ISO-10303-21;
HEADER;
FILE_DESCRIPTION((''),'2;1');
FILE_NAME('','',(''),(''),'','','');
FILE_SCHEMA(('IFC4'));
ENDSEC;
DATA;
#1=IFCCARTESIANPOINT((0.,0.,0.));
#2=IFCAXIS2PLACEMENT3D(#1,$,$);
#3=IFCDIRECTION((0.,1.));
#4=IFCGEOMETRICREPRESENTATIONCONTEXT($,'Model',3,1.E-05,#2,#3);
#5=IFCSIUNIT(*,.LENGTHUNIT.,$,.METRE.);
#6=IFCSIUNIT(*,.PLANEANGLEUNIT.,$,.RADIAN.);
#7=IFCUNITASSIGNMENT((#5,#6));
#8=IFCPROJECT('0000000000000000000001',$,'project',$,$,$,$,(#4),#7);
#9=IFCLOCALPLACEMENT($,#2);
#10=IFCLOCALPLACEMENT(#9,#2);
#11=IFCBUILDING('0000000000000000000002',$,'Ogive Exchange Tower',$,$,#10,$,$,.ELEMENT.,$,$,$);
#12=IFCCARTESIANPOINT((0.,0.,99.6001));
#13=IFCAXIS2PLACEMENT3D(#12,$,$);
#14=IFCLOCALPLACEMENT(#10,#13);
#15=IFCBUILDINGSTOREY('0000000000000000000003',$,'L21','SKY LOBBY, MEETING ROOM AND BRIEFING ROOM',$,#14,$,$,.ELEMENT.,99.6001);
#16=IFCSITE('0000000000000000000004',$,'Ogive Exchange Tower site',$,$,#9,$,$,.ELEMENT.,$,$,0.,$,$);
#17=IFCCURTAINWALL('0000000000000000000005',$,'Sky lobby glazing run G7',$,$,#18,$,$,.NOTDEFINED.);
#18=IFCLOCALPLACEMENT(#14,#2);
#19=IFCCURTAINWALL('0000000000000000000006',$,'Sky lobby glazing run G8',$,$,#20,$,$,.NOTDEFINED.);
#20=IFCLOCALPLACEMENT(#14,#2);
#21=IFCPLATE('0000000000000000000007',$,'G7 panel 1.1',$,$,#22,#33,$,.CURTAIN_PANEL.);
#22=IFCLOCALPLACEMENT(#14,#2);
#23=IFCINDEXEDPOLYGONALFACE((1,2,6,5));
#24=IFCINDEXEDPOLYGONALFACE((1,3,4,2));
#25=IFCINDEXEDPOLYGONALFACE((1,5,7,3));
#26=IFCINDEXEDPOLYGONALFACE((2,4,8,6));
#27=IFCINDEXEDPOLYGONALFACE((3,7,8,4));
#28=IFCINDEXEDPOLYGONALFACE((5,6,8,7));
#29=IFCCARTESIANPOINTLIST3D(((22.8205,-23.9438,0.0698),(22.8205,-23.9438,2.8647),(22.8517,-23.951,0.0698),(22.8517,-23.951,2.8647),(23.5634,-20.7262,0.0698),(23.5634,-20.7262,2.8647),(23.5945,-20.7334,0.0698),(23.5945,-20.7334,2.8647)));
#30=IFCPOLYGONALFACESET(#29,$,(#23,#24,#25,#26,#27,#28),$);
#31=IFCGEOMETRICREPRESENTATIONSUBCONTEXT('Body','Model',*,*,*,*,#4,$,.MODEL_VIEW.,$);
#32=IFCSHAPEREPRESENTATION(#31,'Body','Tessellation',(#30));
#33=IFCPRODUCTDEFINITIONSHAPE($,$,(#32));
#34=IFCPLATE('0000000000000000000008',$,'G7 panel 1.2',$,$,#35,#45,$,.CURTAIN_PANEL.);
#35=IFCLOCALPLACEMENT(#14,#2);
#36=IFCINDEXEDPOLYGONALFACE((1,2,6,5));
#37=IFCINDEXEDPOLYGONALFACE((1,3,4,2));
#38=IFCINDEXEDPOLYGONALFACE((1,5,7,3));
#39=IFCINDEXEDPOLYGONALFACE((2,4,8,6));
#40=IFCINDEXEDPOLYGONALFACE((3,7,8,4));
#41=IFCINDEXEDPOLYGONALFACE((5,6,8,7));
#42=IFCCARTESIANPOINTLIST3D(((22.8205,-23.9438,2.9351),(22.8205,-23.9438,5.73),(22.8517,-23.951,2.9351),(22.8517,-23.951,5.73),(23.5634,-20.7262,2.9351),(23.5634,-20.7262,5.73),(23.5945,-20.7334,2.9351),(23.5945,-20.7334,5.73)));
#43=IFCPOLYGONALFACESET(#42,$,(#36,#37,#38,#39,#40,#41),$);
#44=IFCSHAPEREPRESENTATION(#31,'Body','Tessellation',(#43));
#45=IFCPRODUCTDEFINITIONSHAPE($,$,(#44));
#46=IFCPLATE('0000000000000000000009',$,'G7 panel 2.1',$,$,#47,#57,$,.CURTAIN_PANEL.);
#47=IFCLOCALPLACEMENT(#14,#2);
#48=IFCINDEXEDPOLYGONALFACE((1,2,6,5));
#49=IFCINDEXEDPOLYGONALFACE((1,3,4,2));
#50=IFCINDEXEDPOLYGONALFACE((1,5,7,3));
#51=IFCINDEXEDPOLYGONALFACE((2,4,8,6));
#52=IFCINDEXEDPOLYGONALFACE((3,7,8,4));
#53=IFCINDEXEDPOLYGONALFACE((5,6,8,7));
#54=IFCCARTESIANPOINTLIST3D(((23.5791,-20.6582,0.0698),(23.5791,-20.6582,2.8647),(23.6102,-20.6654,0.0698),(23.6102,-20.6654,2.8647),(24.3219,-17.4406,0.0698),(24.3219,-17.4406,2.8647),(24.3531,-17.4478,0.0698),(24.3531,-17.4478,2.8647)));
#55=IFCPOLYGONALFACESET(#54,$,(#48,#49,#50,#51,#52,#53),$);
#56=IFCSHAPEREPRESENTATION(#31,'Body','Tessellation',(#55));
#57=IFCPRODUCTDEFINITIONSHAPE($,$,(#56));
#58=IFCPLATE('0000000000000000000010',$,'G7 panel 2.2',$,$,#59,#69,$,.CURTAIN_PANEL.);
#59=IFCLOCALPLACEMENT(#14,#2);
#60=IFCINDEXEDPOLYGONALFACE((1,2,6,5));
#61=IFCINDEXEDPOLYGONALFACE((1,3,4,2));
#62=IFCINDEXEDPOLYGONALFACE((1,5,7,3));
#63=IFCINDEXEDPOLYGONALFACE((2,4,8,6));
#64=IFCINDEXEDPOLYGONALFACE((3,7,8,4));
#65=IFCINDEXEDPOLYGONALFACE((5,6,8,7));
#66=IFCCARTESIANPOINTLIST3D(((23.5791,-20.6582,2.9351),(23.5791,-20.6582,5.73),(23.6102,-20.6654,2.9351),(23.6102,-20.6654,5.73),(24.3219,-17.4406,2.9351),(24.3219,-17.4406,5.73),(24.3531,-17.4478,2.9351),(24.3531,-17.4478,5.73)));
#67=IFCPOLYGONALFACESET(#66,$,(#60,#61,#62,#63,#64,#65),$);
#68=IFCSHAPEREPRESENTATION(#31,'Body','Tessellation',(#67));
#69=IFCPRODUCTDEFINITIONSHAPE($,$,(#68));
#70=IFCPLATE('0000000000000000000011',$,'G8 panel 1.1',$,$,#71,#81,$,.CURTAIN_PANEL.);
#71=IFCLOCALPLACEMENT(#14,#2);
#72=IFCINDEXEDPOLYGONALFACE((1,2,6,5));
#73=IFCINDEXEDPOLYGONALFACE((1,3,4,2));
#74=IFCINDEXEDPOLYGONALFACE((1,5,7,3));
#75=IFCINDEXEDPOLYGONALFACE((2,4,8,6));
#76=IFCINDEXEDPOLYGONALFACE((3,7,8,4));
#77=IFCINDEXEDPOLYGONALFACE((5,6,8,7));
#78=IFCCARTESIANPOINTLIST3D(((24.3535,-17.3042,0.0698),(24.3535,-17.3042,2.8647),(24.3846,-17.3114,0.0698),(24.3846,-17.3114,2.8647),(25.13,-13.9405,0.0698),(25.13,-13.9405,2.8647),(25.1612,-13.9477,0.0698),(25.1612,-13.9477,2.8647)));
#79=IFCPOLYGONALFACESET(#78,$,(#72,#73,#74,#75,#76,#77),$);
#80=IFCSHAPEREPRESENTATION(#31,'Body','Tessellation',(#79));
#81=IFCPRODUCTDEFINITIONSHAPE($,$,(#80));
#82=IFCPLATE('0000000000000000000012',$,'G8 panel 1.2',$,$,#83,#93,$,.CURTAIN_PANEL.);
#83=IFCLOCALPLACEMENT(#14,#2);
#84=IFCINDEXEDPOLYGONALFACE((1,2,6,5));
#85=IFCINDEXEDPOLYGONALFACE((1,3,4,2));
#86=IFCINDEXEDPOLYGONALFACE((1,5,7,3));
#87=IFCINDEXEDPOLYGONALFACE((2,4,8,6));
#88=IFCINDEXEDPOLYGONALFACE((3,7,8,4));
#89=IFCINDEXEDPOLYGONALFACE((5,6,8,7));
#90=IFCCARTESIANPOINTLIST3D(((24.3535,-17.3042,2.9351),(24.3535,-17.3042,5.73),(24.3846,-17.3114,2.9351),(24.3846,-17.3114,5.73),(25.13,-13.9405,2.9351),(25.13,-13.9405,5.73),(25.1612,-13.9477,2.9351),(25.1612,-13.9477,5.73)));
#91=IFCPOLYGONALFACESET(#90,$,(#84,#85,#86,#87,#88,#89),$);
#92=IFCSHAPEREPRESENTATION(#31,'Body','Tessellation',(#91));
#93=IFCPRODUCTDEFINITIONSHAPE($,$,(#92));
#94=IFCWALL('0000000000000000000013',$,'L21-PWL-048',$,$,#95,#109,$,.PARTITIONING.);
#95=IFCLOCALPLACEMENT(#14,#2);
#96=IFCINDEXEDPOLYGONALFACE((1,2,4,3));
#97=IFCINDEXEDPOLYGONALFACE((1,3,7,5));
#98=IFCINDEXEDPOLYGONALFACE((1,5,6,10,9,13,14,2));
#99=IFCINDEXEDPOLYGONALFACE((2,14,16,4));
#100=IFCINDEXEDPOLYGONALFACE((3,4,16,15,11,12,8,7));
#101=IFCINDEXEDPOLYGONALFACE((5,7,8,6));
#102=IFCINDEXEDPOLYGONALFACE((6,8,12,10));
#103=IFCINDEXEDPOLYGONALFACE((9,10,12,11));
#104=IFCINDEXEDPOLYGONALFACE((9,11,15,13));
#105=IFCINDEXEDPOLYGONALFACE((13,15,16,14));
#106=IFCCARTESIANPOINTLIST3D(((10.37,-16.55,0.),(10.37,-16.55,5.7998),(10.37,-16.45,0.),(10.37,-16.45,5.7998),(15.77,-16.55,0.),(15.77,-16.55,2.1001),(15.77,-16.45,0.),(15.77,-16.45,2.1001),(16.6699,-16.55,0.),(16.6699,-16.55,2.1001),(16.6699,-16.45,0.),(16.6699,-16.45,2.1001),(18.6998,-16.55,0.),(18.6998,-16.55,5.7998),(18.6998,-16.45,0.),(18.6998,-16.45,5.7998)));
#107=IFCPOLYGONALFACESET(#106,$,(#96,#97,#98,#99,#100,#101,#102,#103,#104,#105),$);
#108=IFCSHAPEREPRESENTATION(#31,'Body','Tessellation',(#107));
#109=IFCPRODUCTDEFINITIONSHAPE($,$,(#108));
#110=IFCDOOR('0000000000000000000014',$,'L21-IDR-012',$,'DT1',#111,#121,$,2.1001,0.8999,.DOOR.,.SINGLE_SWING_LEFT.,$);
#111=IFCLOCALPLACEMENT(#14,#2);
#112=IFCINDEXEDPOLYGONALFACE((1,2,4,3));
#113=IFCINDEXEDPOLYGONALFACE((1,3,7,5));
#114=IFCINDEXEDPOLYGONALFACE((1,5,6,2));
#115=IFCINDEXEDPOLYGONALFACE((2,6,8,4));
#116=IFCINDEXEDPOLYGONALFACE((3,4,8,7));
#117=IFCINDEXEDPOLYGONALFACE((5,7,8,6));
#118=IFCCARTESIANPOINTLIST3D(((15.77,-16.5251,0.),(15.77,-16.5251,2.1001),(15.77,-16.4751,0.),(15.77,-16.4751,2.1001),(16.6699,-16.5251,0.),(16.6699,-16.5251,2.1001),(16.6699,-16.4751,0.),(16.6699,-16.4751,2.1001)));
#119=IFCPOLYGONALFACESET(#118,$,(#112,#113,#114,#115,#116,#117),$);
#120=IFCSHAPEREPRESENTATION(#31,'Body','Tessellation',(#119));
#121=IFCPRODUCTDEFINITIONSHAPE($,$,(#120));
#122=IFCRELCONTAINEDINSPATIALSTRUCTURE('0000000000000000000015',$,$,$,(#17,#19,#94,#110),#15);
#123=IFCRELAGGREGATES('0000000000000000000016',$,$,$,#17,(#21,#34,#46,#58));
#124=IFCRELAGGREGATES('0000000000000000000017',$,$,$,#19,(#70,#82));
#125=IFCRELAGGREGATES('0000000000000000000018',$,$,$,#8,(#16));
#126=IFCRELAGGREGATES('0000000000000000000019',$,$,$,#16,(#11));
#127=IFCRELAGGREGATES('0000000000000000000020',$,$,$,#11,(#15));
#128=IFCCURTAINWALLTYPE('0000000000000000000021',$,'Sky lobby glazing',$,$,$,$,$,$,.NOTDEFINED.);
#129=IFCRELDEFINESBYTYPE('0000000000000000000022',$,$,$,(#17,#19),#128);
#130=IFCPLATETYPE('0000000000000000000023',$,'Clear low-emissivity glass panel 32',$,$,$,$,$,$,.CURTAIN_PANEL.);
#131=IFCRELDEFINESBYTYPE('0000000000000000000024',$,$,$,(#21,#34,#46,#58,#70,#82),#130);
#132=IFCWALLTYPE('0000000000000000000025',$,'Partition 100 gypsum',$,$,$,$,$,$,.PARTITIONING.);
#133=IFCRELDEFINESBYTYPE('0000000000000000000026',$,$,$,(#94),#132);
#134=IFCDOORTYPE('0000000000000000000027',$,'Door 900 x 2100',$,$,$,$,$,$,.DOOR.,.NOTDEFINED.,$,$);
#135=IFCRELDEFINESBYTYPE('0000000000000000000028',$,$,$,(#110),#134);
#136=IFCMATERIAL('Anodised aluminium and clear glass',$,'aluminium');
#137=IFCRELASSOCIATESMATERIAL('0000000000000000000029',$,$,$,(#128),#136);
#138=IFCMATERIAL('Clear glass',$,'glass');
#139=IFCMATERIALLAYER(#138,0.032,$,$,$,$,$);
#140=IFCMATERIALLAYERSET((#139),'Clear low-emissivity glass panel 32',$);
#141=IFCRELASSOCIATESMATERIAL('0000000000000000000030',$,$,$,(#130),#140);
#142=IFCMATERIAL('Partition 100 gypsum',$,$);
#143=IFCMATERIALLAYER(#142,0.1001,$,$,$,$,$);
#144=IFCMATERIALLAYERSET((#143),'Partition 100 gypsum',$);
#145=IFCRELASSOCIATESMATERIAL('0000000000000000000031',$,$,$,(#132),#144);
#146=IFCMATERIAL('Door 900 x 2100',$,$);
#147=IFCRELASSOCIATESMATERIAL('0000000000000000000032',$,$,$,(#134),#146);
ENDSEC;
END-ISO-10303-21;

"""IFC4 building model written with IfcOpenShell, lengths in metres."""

from ifc_helpers import new_model, si_unit, direction, frame, frame_2d, origin, origin_2d, place, context, subcontext, project, spatial, rectangle, extrude, material, layer, layer_set, type_object, element, fill, aggregate, save


model = new_model("IFC4")

# Units and contexts
model_context = context("Model", 3, precision=1e-05, world=origin(), true_north=direction((0.0, 1.0)))
body_context = subcontext(model_context, "Body", "Model", "MODEL_VIEW")
ifc_project = project(units=[si_unit("LENGTHUNIT", "METRE"), si_unit("PLANEANGLEUNIT", "RADIAN")], contexts=[model_context])

# Site, building, storey
site_placement = place(None, origin())
site = spatial("IfcSite", under=ifc_project, at=site_placement, Name="Ogive Exchange Tower site", CompositionType="ELEMENT", RefElevation=0.0)
building_placement = place(site_placement, origin())
building = spatial("IfcBuilding", under=site, at=building_placement, Name="Ogive Exchange Tower", CompositionType="ELEMENT")
storey_placement = place(building_placement, frame((0.0, 0.0, 99.6001)))
storey = spatial("IfcBuildingStorey", under=building, at=storey_placement, Name="L21", Description="SKY LOBBY, MEETING ROOM AND BRIEFING ROOM", CompositionType="ELEMENT", Elevation=99.6001)

# Curtain wall
ifc_material_1 = material(Name="Anodised aluminium and clear glass", Category="aluminium")
curtain_wall_type = type_object("IfcCurtainWallType", Name="Sky lobby glazing", PredefinedType="NOTDEFINED", material=ifc_material_1)
curtain_wall_1_placement = place(storey_placement, origin())
curtain_wall_1 = element("IfcCurtainWall", 1, at=curtain_wall_1_placement, inside=storey, type_object=curtain_wall_type, Name="Sky lobby glazing run G7", PredefinedType="NOTDEFINED")

# Curtain wall
curtain_wall_2_placement = place(storey_placement, origin())
curtain_wall_2 = element("IfcCurtainWall", 2, at=curtain_wall_2_placement, inside=storey, type_object=curtain_wall_type, Name="Sky lobby glazing run G8", PredefinedType="NOTDEFINED")

# Plates
ifc_material_2 = material(Name="Clear glass", Category="glass")
ifc_layer_1 = layer(ifc_material_2, 0.032)
ifc_layer_set_1 = layer_set([ifc_layer_1], Name="Clear low-emissivity glass panel 32")
plate_type = type_object("IfcPlateType", Name="Clear low-emissivity glass panel 32", PredefinedType="CURTAIN_PANEL", material=ifc_layer_set_1)
plate_1_placement = place(storey_placement, frame((23.2075, -22.3386, 0.0698), z_axis=(0.0, 0.0, 1.0), x_axis=(0.224952, 0.97437, 0.0)))
plate_1 = element("IfcPlate", 3, at=plate_1_placement, type_object=plate_type, Name="G7 panel 1.1", PredefinedType="CURTAIN_PANEL", context=body_context, shape_type="SweptSolid", body=[
    extrude(rectangle(XDim=3.3022, YDim=0.032, at=origin_2d()), origin(), (0.0, 0.0, 1.0), 2.7949),
])
plate_2_placement = place(storey_placement, frame((23.2075, -22.3386, 2.9351), z_axis=(0.0, 0.0, 1.0), x_axis=(0.224952, 0.97437, 0.0)))
plate_2 = element("IfcPlate", 4, at=plate_2_placement, type_object=plate_type, Name="G7 panel 1.2", PredefinedType="CURTAIN_PANEL", context=body_context, shape_type="SweptSolid", body=[
    extrude(rectangle(XDim=3.3022, YDim=0.032, at=origin_2d()), origin(), (0.0, 0.0, 1.0), 2.7949),
])
plate_3_placement = place(storey_placement, frame((23.9661, -19.053, 0.0698), z_axis=(0.0, 0.0, 1.0), x_axis=(0.224952, 0.97437, 0.0)))
plate_3 = element("IfcPlate", 5, at=plate_3_placement, type_object=plate_type, Name="G7 panel 2.1", PredefinedType="CURTAIN_PANEL", context=body_context, shape_type="SweptSolid", body=[
    extrude(rectangle(XDim=3.3022, YDim=0.032, at=origin_2d()), origin(), (0.0, 0.0, 1.0), 2.7949),
])
plate_4_placement = place(storey_placement, frame((23.9661, -19.053, 2.9351), z_axis=(0.0, 0.0, 1.0), x_axis=(0.224952, 0.97437, 0.0)))
plate_4 = element("IfcPlate", 6, at=plate_4_placement, type_object=plate_type, Name="G7 panel 2.2", PredefinedType="CURTAIN_PANEL", context=body_context, shape_type="SweptSolid", body=[
    extrude(rectangle(XDim=3.3022, YDim=0.032, at=origin_2d()), origin(), (0.0, 0.0, 1.0), 2.7949),
])
aggregate(curtain_wall_1, [plate_1, plate_2, plate_3, plate_4])
plate_5_placement = place(storey_placement, frame((24.7573, -15.626, 0.0698), z_axis=(0.0, 0.0, 1.0), x_axis=(0.224944, 0.974372, 0.0)))
plate_5 = element("IfcPlate", 7, at=plate_5_placement, type_object=plate_type, Name="G8 panel 1.1", PredefinedType="CURTAIN_PANEL", context=body_context, shape_type="SweptSolid", body=[
    extrude(rectangle(XDim=3.4521, YDim=0.032, at=origin_2d()), origin(), (0.0, 0.0, 1.0), 2.7949),
])
plate_6_placement = place(storey_placement, frame((24.7573, -15.626, 2.9351), z_axis=(0.0, 0.0, 1.0), x_axis=(0.224944, 0.974372, 0.0)))
plate_6 = element("IfcPlate", 8, at=plate_6_placement, type_object=plate_type, Name="G8 panel 1.2", PredefinedType="CURTAIN_PANEL", context=body_context, shape_type="SweptSolid", body=[
    extrude(rectangle(XDim=3.4521, YDim=0.032, at=origin_2d()), origin(), (0.0, 0.0, 1.0), 2.7949),
])
aggregate(curtain_wall_2, [plate_5, plate_6])

# Wall, opening, door
ifc_material_3 = material(Name="Partition 100 gypsum")
ifc_layer_2 = layer(ifc_material_3, 0.1001)
ifc_layer_set_2 = layer_set([ifc_layer_2], Name="Partition 100 gypsum")
wall_type = type_object("IfcWallType", Name="Partition 100 gypsum", PredefinedType="PARTITIONING", material=ifc_layer_set_2)
wall_placement = place(storey_placement, frame((18.7, -16.5, 0.0), z_axis=(0.0, 0.0, 1.0), x_axis=(-1.0, 0.0, 0.0)))
wall = element("IfcWall", 9, at=wall_placement, inside=storey, type_object=wall_type, Name="L21-PWL-048", PredefinedType="PARTITIONING", context=body_context, shape_type="SweptSolid", body=[
    extrude(rectangle(XDim=8.3298, YDim=0.1001, at=frame_2d((4.165, 0.0))), origin(), (0.0, 0.0, 1.0), 5.7998),
])
opening_placement = place(wall_placement, frame((2.03, 0.0, 0.0)))
opening = element("IfcOpeningElement", 10, at=opening_placement, cuts=wall, PredefinedType="OPENING", context=body_context, shape_type="SweptSolid", body=[
    extrude(rectangle(XDim=0.8999, YDim=2.1001, at=frame_2d((0.45, 1.05))), frame((0.0, 0.0601, 0.0), z_axis=(0.0, -1.0, 0.0), x_axis=(1.0, 0.0, 0.0)), (0.0, 0.0, 1.0), 0.1201),
])
ifc_material_4 = material(Name="Door 900 x 2100")
door_type = type_object("IfcDoorType", Name="Door 900 x 2100", OperationType="NOTDEFINED", PredefinedType="DOOR", material=ifc_material_4)
door_placement = place(opening_placement, frame((0.8999, 0.0, 0.0), z_axis=(0.0, 0.0, 1.0), x_axis=(-1.0, 0.0, 0.0)))
door = element("IfcDoor", 11, at=door_placement, inside=storey, type_object=door_type, Name="L21-IDR-012", ObjectType="DT1", OperationType="SINGLE_SWING_LEFT", OverallHeight=2.1001, OverallWidth=0.8999, PredefinedType="DOOR", context=body_context, shape_type="SweptSolid", body=[
    extrude(rectangle(XDim=0.8999, YDim=2.1001, at=frame_2d((0.45, 1.05))), frame((0.0, 0.0249, 0.0), z_axis=(0.0, -1.0, 0.0), x_axis=(1.0, 0.0, 0.0)), (0.0, 0.0, 1.0), 0.05),
])
fill(opening, door)

save(model, "model.ifc")
